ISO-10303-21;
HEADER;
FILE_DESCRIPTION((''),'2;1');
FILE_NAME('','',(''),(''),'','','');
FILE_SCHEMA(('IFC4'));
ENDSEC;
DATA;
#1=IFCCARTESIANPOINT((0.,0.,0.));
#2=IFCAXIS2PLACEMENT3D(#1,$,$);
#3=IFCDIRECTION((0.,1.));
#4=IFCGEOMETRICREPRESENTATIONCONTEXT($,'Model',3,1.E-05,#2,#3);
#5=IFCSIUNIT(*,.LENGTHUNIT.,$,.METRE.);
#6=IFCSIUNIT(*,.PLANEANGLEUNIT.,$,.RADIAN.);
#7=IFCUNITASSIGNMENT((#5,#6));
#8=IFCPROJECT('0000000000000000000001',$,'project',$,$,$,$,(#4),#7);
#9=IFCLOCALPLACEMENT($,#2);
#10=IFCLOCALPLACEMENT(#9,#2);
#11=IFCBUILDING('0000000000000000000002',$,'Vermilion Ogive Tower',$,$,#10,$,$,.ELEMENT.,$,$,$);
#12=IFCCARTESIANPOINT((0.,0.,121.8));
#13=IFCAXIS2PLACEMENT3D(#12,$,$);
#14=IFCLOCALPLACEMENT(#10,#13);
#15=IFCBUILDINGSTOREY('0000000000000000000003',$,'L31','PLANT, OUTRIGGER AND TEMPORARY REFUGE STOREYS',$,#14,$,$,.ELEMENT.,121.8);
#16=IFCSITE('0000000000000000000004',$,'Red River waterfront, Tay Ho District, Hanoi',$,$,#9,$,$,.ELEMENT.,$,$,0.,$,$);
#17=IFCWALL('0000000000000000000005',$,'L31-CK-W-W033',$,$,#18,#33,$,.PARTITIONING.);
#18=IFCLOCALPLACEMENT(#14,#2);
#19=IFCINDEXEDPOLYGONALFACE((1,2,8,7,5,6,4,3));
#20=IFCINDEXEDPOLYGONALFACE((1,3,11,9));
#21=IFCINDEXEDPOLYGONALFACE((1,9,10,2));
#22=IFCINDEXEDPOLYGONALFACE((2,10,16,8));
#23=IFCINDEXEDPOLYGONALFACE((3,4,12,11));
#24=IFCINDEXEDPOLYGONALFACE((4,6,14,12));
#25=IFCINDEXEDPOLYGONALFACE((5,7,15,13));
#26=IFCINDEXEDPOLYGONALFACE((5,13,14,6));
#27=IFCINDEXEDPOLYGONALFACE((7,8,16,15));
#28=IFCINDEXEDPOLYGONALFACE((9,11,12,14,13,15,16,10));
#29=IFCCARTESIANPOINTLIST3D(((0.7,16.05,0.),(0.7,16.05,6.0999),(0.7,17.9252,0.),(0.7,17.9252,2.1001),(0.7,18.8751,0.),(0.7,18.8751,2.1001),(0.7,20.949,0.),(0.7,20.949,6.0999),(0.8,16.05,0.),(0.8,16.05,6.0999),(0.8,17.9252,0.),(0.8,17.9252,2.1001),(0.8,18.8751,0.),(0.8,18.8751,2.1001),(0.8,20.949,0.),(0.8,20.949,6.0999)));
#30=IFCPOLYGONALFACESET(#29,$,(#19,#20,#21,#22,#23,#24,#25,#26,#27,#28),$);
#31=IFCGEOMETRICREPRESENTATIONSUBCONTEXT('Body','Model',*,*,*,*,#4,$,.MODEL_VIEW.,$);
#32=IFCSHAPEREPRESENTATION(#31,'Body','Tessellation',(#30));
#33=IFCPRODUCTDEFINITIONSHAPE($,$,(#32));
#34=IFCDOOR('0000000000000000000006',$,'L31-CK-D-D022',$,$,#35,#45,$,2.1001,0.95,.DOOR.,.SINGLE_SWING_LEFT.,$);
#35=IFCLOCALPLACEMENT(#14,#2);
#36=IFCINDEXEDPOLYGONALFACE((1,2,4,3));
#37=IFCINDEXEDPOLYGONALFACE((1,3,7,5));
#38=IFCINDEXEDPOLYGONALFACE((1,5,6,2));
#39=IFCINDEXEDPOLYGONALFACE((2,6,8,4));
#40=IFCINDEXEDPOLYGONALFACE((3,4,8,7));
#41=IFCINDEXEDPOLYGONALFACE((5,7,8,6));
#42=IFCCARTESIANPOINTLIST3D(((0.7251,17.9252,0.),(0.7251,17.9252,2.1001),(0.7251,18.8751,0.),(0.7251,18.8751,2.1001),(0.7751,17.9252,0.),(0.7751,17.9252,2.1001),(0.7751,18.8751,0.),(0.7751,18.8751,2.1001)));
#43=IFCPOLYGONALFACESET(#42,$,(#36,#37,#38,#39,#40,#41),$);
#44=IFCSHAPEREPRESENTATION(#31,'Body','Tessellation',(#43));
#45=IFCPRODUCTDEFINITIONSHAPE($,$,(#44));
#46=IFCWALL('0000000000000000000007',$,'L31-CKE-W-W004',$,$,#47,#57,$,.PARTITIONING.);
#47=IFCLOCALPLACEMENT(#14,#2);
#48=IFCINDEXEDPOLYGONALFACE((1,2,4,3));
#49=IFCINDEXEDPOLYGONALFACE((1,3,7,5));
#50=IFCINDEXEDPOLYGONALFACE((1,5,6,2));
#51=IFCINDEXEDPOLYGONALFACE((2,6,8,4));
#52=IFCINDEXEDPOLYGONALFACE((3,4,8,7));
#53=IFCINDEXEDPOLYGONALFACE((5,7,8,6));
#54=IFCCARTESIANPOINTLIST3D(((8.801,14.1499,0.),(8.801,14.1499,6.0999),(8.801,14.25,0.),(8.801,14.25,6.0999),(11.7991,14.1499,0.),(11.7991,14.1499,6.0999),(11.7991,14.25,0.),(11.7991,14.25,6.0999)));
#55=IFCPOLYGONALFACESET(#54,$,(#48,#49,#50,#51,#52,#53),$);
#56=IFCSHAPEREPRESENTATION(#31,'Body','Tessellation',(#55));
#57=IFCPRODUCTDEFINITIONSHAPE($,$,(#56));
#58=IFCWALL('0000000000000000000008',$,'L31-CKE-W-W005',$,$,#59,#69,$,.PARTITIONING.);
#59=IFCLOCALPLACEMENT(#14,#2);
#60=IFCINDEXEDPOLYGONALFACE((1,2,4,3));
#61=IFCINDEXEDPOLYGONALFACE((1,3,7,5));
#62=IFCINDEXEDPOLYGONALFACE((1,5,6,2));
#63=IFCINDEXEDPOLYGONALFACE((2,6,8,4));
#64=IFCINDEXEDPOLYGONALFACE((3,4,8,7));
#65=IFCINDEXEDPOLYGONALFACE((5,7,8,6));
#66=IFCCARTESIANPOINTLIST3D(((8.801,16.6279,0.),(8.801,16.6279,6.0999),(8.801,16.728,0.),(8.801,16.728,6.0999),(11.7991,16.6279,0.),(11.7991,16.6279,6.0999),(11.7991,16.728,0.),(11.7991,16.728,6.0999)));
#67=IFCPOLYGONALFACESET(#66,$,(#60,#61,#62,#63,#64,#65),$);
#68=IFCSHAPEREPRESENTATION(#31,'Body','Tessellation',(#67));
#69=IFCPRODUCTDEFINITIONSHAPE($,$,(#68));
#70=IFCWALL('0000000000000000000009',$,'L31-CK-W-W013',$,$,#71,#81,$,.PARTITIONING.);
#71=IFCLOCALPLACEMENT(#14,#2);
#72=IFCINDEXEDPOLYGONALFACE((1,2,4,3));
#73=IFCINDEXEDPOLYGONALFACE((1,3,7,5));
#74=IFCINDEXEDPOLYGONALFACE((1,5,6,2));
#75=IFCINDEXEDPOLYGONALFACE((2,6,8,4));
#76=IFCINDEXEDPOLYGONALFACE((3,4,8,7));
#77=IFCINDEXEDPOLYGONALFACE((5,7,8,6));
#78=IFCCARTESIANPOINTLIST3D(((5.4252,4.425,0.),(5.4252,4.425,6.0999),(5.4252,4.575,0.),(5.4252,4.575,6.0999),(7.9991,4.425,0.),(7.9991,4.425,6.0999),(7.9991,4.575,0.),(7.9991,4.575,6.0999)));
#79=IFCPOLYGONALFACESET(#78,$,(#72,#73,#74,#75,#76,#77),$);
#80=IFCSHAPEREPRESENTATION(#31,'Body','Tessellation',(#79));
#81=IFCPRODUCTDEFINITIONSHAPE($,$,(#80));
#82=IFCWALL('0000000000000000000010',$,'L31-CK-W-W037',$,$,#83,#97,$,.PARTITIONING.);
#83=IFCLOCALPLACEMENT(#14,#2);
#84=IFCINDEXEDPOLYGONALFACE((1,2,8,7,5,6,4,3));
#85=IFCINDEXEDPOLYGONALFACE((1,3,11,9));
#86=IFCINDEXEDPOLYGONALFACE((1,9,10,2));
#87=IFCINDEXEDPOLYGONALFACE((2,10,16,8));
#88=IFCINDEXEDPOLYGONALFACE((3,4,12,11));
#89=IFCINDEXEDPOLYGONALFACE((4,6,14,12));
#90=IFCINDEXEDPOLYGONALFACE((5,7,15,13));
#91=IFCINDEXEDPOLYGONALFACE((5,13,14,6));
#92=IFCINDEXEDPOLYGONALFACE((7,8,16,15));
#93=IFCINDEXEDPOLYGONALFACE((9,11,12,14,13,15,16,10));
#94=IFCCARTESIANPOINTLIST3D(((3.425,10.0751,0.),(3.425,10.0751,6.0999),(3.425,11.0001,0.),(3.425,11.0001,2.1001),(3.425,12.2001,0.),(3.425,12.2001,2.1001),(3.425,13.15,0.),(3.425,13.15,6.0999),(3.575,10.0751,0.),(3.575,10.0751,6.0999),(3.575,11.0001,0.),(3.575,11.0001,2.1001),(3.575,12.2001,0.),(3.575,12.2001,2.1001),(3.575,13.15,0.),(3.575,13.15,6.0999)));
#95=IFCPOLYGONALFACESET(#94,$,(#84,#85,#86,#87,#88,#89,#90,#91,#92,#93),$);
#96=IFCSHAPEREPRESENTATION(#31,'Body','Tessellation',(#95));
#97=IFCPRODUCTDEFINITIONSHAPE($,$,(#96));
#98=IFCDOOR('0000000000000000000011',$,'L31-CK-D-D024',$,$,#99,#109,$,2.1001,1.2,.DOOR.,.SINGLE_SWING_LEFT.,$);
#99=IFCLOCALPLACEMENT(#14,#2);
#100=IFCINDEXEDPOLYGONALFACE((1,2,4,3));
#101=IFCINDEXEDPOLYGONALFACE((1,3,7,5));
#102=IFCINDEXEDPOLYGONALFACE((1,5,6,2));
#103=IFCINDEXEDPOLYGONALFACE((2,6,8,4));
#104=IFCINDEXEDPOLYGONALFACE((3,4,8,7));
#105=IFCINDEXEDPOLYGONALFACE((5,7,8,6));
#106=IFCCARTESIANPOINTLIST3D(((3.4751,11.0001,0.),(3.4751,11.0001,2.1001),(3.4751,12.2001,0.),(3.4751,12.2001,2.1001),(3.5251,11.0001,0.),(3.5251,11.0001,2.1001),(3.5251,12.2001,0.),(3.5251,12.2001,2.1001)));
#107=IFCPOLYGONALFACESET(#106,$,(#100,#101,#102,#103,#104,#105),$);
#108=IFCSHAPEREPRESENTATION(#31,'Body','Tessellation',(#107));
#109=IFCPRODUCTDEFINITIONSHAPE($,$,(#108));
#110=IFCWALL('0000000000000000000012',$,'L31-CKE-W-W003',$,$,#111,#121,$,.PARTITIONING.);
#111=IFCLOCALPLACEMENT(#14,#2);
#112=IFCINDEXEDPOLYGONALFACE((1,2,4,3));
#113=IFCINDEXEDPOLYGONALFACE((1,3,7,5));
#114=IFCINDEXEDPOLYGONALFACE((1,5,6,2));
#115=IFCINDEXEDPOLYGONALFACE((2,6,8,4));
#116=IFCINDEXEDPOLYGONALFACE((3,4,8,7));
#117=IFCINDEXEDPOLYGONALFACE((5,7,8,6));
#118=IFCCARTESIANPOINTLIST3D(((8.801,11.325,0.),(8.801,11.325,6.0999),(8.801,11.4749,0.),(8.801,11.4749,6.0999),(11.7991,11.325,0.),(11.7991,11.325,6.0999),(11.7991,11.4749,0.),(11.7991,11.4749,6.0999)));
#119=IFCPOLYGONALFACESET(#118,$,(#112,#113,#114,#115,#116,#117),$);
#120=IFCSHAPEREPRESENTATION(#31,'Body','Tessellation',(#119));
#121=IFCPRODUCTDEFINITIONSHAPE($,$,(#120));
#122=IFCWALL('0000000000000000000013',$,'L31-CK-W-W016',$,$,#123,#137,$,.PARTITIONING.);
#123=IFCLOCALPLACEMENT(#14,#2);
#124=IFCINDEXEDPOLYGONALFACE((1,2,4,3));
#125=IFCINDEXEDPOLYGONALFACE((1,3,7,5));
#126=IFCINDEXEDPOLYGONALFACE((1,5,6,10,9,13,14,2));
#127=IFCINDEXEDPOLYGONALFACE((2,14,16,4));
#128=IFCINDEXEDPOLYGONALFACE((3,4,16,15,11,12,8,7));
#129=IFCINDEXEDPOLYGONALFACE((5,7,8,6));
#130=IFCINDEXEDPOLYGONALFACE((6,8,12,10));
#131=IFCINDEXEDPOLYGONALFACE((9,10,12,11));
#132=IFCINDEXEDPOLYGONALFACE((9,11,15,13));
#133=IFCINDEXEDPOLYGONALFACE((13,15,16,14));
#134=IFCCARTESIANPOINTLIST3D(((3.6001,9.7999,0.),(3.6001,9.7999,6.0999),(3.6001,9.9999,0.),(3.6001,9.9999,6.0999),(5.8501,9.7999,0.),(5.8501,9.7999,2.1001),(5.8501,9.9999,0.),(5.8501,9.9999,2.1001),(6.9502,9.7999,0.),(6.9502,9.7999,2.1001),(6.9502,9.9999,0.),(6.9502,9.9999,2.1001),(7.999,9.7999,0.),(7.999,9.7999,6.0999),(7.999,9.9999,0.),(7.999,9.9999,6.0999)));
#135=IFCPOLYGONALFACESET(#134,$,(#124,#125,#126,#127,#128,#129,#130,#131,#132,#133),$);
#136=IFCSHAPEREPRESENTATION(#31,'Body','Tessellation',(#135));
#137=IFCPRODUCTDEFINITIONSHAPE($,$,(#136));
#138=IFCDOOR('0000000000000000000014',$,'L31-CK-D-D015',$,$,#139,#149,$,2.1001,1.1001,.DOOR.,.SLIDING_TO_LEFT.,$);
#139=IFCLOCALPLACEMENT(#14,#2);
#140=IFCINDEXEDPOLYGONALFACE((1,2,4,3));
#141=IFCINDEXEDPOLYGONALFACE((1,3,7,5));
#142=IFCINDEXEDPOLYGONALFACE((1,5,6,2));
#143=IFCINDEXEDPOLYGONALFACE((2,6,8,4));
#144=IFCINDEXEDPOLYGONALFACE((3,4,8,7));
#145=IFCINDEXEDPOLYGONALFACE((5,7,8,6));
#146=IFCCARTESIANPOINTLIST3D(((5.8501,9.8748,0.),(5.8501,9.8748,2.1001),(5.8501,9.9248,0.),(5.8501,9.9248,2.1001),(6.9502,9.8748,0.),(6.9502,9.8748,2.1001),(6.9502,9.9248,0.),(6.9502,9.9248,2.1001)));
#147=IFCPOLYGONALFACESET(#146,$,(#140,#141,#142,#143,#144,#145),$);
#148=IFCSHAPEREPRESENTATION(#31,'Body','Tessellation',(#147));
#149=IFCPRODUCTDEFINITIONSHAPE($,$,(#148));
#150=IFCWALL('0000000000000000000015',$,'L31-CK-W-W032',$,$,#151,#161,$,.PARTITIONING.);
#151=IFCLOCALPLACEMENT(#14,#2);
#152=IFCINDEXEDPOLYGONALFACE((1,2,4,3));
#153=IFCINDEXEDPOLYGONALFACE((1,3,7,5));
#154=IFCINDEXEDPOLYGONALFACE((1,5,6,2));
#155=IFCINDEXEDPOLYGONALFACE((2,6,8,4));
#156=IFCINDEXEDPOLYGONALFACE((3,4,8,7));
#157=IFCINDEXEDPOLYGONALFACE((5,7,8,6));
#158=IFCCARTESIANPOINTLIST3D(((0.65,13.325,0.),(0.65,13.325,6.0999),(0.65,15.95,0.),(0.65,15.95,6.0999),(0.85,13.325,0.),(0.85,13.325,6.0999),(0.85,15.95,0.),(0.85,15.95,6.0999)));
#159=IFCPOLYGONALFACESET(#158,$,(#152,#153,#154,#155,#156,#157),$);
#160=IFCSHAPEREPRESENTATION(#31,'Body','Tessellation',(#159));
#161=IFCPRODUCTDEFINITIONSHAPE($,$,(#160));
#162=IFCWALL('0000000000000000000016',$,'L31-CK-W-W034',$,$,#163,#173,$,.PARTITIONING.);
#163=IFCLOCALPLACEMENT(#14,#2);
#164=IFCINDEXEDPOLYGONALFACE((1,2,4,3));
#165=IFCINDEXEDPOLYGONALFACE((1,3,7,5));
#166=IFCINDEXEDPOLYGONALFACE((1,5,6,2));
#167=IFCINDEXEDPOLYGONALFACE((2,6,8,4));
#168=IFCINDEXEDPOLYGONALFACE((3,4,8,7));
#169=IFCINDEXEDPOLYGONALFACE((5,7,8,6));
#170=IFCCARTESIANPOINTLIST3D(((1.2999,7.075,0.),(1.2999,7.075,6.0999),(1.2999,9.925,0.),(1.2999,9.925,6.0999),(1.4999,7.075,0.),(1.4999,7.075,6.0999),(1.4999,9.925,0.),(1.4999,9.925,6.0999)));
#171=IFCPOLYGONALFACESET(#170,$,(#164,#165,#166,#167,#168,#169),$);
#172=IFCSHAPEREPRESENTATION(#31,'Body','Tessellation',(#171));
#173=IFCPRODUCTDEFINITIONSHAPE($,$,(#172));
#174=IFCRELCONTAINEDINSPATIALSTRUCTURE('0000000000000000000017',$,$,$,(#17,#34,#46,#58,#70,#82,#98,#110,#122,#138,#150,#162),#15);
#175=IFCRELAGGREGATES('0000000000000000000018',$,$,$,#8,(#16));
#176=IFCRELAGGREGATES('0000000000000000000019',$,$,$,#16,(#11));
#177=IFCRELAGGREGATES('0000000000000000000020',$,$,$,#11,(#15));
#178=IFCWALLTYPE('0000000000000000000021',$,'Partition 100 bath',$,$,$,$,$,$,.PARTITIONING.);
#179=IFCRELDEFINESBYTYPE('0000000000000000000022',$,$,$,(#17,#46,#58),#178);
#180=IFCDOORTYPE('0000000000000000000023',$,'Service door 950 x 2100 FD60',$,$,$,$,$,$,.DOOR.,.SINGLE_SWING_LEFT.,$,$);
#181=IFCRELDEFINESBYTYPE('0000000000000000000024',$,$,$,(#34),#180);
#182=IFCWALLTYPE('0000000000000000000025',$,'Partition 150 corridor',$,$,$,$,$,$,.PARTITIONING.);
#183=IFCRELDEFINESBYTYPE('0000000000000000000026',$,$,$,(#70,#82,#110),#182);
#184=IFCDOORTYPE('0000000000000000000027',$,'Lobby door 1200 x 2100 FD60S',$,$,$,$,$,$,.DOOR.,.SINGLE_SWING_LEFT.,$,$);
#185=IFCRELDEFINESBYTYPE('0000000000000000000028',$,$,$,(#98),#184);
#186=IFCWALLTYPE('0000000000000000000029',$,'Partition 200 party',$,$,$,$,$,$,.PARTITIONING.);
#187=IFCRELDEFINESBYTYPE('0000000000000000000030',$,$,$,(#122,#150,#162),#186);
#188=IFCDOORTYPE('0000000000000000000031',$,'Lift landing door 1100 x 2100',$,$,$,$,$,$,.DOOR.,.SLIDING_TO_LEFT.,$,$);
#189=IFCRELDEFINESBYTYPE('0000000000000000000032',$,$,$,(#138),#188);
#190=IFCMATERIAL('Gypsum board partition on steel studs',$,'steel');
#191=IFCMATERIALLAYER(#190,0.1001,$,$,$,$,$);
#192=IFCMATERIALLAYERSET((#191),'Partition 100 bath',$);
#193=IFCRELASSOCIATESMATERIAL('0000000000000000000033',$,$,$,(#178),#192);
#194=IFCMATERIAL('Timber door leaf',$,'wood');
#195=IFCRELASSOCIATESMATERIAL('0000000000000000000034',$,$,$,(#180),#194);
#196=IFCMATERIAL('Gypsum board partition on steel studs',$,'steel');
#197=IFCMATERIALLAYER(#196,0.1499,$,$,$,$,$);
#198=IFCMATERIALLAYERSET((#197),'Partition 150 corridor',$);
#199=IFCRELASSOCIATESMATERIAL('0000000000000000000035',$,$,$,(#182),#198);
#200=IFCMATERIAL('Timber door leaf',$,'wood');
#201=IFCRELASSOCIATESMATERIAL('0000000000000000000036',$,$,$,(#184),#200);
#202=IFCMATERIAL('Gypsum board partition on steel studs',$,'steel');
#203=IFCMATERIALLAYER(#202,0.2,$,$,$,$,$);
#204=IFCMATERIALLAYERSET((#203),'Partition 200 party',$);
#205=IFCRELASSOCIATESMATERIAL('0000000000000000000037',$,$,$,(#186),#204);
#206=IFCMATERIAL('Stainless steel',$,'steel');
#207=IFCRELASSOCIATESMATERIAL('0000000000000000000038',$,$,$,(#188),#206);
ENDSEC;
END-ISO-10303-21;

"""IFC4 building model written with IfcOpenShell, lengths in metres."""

from ifc_helpers import new_model, si_unit, direction, frame, frame_2d, origin, place, context, subcontext, project, spatial, rectangle, extrude, material, layer, layer_set, type_object, element, fill, save


model = new_model("IFC4")

# Units and contexts
model_context = context("Model", 3, precision=1e-05, world=origin(), true_north=direction((0.0, 1.0)))
body_context = subcontext(model_context, "Body", "Model", "MODEL_VIEW")
ifc_project = project(units=[si_unit("LENGTHUNIT", "METRE"), si_unit("PLANEANGLEUNIT", "RADIAN")], contexts=[model_context])

# Site, building, storey
site_placement = place(None, origin())
site = spatial("IfcSite", under=ifc_project, at=site_placement, Name="Red River waterfront, Tay Ho District, Hanoi", CompositionType="ELEMENT", RefElevation=0.0)
building_placement = place(site_placement, origin())
building = spatial("IfcBuilding", under=site, at=building_placement, Name="Vermilion Ogive Tower", CompositionType="ELEMENT")
storey_placement = place(building_placement, frame((0.0, 0.0, 121.8)))
storey = spatial("IfcBuildingStorey", under=building, at=storey_placement, Name="L31", Description="PLANT, OUTRIGGER AND TEMPORARY REFUGE STOREYS", CompositionType="ELEMENT", Elevation=121.8)

# Shared definitions
ifc_material_1 = material(Name="Gypsum board partition on steel studs", Category="steel")
ifc_layer_1 = layer(ifc_material_1, 0.1001)
ifc_layer_set_1 = layer_set([ifc_layer_1], Name="Partition 100 bath")
wall_type_1 = type_object("IfcWallType", Name="Partition 100 bath", PredefinedType="PARTITIONING", material=ifc_layer_set_1)

# Wall, opening, door
wall_1_placement = place(storey_placement, frame((0.75, 16.05, 0.0), z_axis=(0.0, 0.0, 1.0), x_axis=(0.0, 1.0, 0.0)))
wall_1 = element("IfcWall", 1, at=wall_1_placement, inside=storey, type_object=wall_type_1, Name="L31-CK-W-W033", PredefinedType="PARTITIONING", context=body_context, shape_type="SweptSolid", body=[
    extrude(rectangle(XDim=4.8989, YDim=0.1001, at=frame_2d((2.4495, 0.0))), origin(), (0.0, 0.0, 1.0), 6.0999),
])
opening_1_placement = place(wall_1_placement, frame((1.875, 0.0, 0.0)))
opening_1 = element("IfcOpeningElement", 2, at=opening_1_placement, cuts=wall_1, PredefinedType="OPENING", context=body_context, shape_type="SweptSolid", body=[
    extrude(rectangle(XDim=0.95, YDim=2.1001, at=frame_2d((0.4751, 1.05))), frame((0.0, 0.0601, 0.0), z_axis=(0.0, -1.0, 0.0), x_axis=(1.0, 0.0, 0.0)), (0.0, 0.0, 1.0), 0.1201),
])
ifc_material_2 = material(Name="Timber door leaf", Category="wood")
door_type_1 = type_object("IfcDoorType", Name="Service door 950 x 2100 FD60", OperationType="SINGLE_SWING_LEFT", PredefinedType="DOOR", material=ifc_material_2)
door_1_placement = place(opening_1_placement, origin())
door_1 = element("IfcDoor", 3, at=door_1_placement, inside=storey, type_object=door_type_1, Name="L31-CK-D-D022", OperationType="SINGLE_SWING_LEFT", OverallHeight=2.1001, OverallWidth=0.95, PredefinedType="DOOR", context=body_context, shape_type="SweptSolid", body=[
    extrude(rectangle(XDim=0.95, YDim=2.1001, at=frame_2d((0.4751, 1.05))), frame((0.0, 0.0249, 0.0), z_axis=(0.0, -1.0, 0.0), x_axis=(1.0, 0.0, 0.0)), (0.0, 0.0, 1.0), 0.05),
])
fill(opening_1, door_1)

# Walls
for number, where, z_axis, x_axis, name in (
    (4, (8.801, 14.2, 0.0), (0.0, 0.0, 1.0), (1.0, 0.0, 0.0), "L31-CKE-W-W004"),
    (5, (8.801, 16.678, 0.0), (0.0, 0.0, 1.0), (1.0, 0.0, 0.0), "L31-CKE-W-W005"),
):
    element("IfcWall", number, at=place(storey_placement, frame(where, z_axis=z_axis, x_axis=x_axis)), inside=storey, type_object=wall_type_1, Name=name, PredefinedType="PARTITIONING", context=body_context, shape_type="SweptSolid", body=[
        extrude(rectangle(XDim=2.998, YDim=0.1001, at=frame_2d((1.499, 0.0))), origin(), (0.0, 0.0, 1.0), 6.0999),
    ])
ifc_material_3 = material(Name="Gypsum board partition on steel studs", Category="steel")
ifc_layer_2 = layer(ifc_material_3, 0.1499)
ifc_layer_set_2 = layer_set([ifc_layer_2], Name="Partition 150 corridor")
wall_type_2 = type_object("IfcWallType", Name="Partition 150 corridor", PredefinedType="PARTITIONING", material=ifc_layer_set_2)
wall_2_placement = place(storey_placement, frame((5.425, 4.5, 0.0), z_axis=(0.0, 0.0, 1.0), x_axis=(1.0, 0.0, 0.0)))
element("IfcWall", 6, at=wall_2_placement, inside=storey, type_object=wall_type_2, Name="L31-CK-W-W013", PredefinedType="PARTITIONING", context=body_context, shape_type="SweptSolid", body=[
    extrude(rectangle(XDim=2.574, YDim=0.1499, at=frame_2d((1.2871, 0.0))), origin(), (0.0, 0.0, 1.0), 6.0999),
])

# Wall, opening, door
wall_3_placement = place(storey_placement, frame((3.5, 10.075, 0.0), z_axis=(0.0, 0.0, 1.0), x_axis=(0.0, 1.0, 0.0)))
wall_3 = element("IfcWall", 7, at=wall_3_placement, inside=storey, type_object=wall_type_2, Name="L31-CK-W-W037", PredefinedType="PARTITIONING", context=body_context, shape_type="SweptSolid", body=[
    extrude(rectangle(XDim=3.075, YDim=0.1499, at=frame_2d((1.5376, 0.0))), origin(), (0.0, 0.0, 1.0), 6.0999),
])
opening_2_placement = place(wall_3_placement, frame((0.925, 0.0, 0.0)))
opening_2 = element("IfcOpeningElement", 8, at=opening_2_placement, cuts=wall_3, PredefinedType="OPENING", context=body_context, shape_type="SweptSolid", body=[
    extrude(rectangle(XDim=1.2, YDim=2.1001, at=frame_2d((0.6001, 1.05))), frame((0.0, 0.085, 0.0), z_axis=(0.0, -1.0, 0.0), x_axis=(1.0, 0.0, 0.0)), (0.0, 0.0, 1.0), 0.1699),
])
ifc_material_4 = material(Name="Timber door leaf", Category="wood")
door_type_2 = type_object("IfcDoorType", Name="Lobby door 1200 x 2100 FD60S", OperationType="SINGLE_SWING_LEFT", PredefinedType="DOOR", material=ifc_material_4)
door_2_placement = place(opening_2_placement, origin())
door_2 = element("IfcDoor", 9, at=door_2_placement, inside=storey, type_object=door_type_2, Name="L31-CK-D-D024", OperationType="SINGLE_SWING_LEFT", OverallHeight=2.1001, OverallWidth=1.2, PredefinedType="DOOR", context=body_context, shape_type="SweptSolid", body=[
    extrude(rectangle(XDim=1.2, YDim=2.1001, at=frame_2d((0.6001, 1.05))), frame((0.0, 0.0249, 0.0), z_axis=(0.0, -1.0, 0.0), x_axis=(1.0, 0.0, 0.0)), (0.0, 0.0, 1.0), 0.05),
])
fill(opening_2, door_2)

# Wall
wall_4_placement = place(storey_placement, frame((8.801, 11.3999, 0.0), z_axis=(0.0, 0.0, 1.0), x_axis=(1.0, 0.0, 0.0)))
element("IfcWall", 10, at=wall_4_placement, inside=storey, type_object=wall_type_2, Name="L31-CKE-W-W003", PredefinedType="PARTITIONING", context=body_context, shape_type="SweptSolid", body=[
    extrude(rectangle(XDim=2.998, YDim=0.1499, at=frame_2d((1.499, 0.0))), origin(), (0.0, 0.0, 1.0), 6.0999),
])

# Wall, opening, door
ifc_material_5 = material(Name="Gypsum board partition on steel studs", Category="steel")
ifc_layer_3 = layer(ifc_material_5, 0.2)
ifc_layer_set_3 = layer_set([ifc_layer_3], Name="Partition 200 party")
wall_type_3 = type_object("IfcWallType", Name="Partition 200 party", PredefinedType="PARTITIONING", material=ifc_layer_set_3)
wall_5_placement = place(storey_placement, frame((3.6001, 9.8999, 0.0), z_axis=(0.0, 0.0, 1.0), x_axis=(1.0, 0.0, 0.0)))
wall_5 = element("IfcWall", 11, at=wall_5_placement, inside=storey, type_object=wall_type_3, Name="L31-CK-W-W016", PredefinedType="PARTITIONING", context=body_context, shape_type="SweptSolid", body=[
    extrude(rectangle(XDim=4.3989, YDim=0.2, at=frame_2d((2.1995, 0.0))), origin(), (0.0, 0.0, 1.0), 6.0999),
])
opening_3_placement = place(wall_5_placement, frame((2.25, 0.0, 0.0)))
opening_3 = element("IfcOpeningElement", 12, at=opening_3_placement, cuts=wall_5, PredefinedType="OPENING", context=body_context, shape_type="SweptSolid", body=[
    extrude(rectangle(XDim=1.1001, YDim=2.1001, at=frame_2d((0.55, 1.05))), frame((0.0, 0.1099, 0.0), z_axis=(0.0, -1.0, 0.0), x_axis=(1.0, 0.0, 0.0)), (0.0, 0.0, 1.0), 0.22),
])
ifc_material_6 = material(Name="Stainless steel", Category="steel")
door_type_3 = type_object("IfcDoorType", Name="Lift landing door 1100 x 2100", OperationType="SLIDING_TO_LEFT", PredefinedType="DOOR", material=ifc_material_6)
door_3_placement = place(opening_3_placement, origin())
door_3 = element("IfcDoor", 13, at=door_3_placement, inside=storey, type_object=door_type_3, Name="L31-CK-D-D015", OperationType="SLIDING_TO_LEFT", OverallHeight=2.1001, OverallWidth=1.1001, PredefinedType="DOOR", context=body_context, shape_type="SweptSolid", body=[
    extrude(rectangle(XDim=1.1001, YDim=2.1001, at=frame_2d((0.55, 1.05))), frame((0.0, 0.0249, 0.0), z_axis=(0.0, -1.0, 0.0), x_axis=(1.0, 0.0, 0.0)), (0.0, 0.0, 1.0), 0.05),
])
fill(opening_3, door_3)

# Walls
wall_6_placement = place(storey_placement, frame((0.75, 13.325, 0.0), z_axis=(0.0, 0.0, 1.0), x_axis=(0.0, 1.0, 0.0)))
element("IfcWall", 14, at=wall_6_placement, inside=storey, type_object=wall_type_3, Name="L31-CK-W-W032", PredefinedType="PARTITIONING", context=body_context, shape_type="SweptSolid", body=[
    extrude(rectangle(XDim=2.625, YDim=0.2, at=frame_2d((1.3125, 0.0))), origin(), (0.0, 0.0, 1.0), 6.0999),
])
for number, where, z_axis, x_axis, name in (
    (15, (1.3999, 7.075, 0.0), (0.0, 0.0, 1.0), (0.0, 1.0, 0.0), "L31-CK-W-W034"),
):
    element("IfcWall", number, at=place(storey_placement, frame(where, z_axis=z_axis, x_axis=x_axis)), inside=storey, type_object=wall_type_3, Name=name, PredefinedType="PARTITIONING", context=body_context, shape_type="SweptSolid", body=[
        extrude(rectangle(XDim=2.8501, YDim=0.2, at=frame_2d((1.425, 0.0))), origin(), (0.0, 0.0, 1.0), 6.0999),
    ])

save(model, "model.ifc")
